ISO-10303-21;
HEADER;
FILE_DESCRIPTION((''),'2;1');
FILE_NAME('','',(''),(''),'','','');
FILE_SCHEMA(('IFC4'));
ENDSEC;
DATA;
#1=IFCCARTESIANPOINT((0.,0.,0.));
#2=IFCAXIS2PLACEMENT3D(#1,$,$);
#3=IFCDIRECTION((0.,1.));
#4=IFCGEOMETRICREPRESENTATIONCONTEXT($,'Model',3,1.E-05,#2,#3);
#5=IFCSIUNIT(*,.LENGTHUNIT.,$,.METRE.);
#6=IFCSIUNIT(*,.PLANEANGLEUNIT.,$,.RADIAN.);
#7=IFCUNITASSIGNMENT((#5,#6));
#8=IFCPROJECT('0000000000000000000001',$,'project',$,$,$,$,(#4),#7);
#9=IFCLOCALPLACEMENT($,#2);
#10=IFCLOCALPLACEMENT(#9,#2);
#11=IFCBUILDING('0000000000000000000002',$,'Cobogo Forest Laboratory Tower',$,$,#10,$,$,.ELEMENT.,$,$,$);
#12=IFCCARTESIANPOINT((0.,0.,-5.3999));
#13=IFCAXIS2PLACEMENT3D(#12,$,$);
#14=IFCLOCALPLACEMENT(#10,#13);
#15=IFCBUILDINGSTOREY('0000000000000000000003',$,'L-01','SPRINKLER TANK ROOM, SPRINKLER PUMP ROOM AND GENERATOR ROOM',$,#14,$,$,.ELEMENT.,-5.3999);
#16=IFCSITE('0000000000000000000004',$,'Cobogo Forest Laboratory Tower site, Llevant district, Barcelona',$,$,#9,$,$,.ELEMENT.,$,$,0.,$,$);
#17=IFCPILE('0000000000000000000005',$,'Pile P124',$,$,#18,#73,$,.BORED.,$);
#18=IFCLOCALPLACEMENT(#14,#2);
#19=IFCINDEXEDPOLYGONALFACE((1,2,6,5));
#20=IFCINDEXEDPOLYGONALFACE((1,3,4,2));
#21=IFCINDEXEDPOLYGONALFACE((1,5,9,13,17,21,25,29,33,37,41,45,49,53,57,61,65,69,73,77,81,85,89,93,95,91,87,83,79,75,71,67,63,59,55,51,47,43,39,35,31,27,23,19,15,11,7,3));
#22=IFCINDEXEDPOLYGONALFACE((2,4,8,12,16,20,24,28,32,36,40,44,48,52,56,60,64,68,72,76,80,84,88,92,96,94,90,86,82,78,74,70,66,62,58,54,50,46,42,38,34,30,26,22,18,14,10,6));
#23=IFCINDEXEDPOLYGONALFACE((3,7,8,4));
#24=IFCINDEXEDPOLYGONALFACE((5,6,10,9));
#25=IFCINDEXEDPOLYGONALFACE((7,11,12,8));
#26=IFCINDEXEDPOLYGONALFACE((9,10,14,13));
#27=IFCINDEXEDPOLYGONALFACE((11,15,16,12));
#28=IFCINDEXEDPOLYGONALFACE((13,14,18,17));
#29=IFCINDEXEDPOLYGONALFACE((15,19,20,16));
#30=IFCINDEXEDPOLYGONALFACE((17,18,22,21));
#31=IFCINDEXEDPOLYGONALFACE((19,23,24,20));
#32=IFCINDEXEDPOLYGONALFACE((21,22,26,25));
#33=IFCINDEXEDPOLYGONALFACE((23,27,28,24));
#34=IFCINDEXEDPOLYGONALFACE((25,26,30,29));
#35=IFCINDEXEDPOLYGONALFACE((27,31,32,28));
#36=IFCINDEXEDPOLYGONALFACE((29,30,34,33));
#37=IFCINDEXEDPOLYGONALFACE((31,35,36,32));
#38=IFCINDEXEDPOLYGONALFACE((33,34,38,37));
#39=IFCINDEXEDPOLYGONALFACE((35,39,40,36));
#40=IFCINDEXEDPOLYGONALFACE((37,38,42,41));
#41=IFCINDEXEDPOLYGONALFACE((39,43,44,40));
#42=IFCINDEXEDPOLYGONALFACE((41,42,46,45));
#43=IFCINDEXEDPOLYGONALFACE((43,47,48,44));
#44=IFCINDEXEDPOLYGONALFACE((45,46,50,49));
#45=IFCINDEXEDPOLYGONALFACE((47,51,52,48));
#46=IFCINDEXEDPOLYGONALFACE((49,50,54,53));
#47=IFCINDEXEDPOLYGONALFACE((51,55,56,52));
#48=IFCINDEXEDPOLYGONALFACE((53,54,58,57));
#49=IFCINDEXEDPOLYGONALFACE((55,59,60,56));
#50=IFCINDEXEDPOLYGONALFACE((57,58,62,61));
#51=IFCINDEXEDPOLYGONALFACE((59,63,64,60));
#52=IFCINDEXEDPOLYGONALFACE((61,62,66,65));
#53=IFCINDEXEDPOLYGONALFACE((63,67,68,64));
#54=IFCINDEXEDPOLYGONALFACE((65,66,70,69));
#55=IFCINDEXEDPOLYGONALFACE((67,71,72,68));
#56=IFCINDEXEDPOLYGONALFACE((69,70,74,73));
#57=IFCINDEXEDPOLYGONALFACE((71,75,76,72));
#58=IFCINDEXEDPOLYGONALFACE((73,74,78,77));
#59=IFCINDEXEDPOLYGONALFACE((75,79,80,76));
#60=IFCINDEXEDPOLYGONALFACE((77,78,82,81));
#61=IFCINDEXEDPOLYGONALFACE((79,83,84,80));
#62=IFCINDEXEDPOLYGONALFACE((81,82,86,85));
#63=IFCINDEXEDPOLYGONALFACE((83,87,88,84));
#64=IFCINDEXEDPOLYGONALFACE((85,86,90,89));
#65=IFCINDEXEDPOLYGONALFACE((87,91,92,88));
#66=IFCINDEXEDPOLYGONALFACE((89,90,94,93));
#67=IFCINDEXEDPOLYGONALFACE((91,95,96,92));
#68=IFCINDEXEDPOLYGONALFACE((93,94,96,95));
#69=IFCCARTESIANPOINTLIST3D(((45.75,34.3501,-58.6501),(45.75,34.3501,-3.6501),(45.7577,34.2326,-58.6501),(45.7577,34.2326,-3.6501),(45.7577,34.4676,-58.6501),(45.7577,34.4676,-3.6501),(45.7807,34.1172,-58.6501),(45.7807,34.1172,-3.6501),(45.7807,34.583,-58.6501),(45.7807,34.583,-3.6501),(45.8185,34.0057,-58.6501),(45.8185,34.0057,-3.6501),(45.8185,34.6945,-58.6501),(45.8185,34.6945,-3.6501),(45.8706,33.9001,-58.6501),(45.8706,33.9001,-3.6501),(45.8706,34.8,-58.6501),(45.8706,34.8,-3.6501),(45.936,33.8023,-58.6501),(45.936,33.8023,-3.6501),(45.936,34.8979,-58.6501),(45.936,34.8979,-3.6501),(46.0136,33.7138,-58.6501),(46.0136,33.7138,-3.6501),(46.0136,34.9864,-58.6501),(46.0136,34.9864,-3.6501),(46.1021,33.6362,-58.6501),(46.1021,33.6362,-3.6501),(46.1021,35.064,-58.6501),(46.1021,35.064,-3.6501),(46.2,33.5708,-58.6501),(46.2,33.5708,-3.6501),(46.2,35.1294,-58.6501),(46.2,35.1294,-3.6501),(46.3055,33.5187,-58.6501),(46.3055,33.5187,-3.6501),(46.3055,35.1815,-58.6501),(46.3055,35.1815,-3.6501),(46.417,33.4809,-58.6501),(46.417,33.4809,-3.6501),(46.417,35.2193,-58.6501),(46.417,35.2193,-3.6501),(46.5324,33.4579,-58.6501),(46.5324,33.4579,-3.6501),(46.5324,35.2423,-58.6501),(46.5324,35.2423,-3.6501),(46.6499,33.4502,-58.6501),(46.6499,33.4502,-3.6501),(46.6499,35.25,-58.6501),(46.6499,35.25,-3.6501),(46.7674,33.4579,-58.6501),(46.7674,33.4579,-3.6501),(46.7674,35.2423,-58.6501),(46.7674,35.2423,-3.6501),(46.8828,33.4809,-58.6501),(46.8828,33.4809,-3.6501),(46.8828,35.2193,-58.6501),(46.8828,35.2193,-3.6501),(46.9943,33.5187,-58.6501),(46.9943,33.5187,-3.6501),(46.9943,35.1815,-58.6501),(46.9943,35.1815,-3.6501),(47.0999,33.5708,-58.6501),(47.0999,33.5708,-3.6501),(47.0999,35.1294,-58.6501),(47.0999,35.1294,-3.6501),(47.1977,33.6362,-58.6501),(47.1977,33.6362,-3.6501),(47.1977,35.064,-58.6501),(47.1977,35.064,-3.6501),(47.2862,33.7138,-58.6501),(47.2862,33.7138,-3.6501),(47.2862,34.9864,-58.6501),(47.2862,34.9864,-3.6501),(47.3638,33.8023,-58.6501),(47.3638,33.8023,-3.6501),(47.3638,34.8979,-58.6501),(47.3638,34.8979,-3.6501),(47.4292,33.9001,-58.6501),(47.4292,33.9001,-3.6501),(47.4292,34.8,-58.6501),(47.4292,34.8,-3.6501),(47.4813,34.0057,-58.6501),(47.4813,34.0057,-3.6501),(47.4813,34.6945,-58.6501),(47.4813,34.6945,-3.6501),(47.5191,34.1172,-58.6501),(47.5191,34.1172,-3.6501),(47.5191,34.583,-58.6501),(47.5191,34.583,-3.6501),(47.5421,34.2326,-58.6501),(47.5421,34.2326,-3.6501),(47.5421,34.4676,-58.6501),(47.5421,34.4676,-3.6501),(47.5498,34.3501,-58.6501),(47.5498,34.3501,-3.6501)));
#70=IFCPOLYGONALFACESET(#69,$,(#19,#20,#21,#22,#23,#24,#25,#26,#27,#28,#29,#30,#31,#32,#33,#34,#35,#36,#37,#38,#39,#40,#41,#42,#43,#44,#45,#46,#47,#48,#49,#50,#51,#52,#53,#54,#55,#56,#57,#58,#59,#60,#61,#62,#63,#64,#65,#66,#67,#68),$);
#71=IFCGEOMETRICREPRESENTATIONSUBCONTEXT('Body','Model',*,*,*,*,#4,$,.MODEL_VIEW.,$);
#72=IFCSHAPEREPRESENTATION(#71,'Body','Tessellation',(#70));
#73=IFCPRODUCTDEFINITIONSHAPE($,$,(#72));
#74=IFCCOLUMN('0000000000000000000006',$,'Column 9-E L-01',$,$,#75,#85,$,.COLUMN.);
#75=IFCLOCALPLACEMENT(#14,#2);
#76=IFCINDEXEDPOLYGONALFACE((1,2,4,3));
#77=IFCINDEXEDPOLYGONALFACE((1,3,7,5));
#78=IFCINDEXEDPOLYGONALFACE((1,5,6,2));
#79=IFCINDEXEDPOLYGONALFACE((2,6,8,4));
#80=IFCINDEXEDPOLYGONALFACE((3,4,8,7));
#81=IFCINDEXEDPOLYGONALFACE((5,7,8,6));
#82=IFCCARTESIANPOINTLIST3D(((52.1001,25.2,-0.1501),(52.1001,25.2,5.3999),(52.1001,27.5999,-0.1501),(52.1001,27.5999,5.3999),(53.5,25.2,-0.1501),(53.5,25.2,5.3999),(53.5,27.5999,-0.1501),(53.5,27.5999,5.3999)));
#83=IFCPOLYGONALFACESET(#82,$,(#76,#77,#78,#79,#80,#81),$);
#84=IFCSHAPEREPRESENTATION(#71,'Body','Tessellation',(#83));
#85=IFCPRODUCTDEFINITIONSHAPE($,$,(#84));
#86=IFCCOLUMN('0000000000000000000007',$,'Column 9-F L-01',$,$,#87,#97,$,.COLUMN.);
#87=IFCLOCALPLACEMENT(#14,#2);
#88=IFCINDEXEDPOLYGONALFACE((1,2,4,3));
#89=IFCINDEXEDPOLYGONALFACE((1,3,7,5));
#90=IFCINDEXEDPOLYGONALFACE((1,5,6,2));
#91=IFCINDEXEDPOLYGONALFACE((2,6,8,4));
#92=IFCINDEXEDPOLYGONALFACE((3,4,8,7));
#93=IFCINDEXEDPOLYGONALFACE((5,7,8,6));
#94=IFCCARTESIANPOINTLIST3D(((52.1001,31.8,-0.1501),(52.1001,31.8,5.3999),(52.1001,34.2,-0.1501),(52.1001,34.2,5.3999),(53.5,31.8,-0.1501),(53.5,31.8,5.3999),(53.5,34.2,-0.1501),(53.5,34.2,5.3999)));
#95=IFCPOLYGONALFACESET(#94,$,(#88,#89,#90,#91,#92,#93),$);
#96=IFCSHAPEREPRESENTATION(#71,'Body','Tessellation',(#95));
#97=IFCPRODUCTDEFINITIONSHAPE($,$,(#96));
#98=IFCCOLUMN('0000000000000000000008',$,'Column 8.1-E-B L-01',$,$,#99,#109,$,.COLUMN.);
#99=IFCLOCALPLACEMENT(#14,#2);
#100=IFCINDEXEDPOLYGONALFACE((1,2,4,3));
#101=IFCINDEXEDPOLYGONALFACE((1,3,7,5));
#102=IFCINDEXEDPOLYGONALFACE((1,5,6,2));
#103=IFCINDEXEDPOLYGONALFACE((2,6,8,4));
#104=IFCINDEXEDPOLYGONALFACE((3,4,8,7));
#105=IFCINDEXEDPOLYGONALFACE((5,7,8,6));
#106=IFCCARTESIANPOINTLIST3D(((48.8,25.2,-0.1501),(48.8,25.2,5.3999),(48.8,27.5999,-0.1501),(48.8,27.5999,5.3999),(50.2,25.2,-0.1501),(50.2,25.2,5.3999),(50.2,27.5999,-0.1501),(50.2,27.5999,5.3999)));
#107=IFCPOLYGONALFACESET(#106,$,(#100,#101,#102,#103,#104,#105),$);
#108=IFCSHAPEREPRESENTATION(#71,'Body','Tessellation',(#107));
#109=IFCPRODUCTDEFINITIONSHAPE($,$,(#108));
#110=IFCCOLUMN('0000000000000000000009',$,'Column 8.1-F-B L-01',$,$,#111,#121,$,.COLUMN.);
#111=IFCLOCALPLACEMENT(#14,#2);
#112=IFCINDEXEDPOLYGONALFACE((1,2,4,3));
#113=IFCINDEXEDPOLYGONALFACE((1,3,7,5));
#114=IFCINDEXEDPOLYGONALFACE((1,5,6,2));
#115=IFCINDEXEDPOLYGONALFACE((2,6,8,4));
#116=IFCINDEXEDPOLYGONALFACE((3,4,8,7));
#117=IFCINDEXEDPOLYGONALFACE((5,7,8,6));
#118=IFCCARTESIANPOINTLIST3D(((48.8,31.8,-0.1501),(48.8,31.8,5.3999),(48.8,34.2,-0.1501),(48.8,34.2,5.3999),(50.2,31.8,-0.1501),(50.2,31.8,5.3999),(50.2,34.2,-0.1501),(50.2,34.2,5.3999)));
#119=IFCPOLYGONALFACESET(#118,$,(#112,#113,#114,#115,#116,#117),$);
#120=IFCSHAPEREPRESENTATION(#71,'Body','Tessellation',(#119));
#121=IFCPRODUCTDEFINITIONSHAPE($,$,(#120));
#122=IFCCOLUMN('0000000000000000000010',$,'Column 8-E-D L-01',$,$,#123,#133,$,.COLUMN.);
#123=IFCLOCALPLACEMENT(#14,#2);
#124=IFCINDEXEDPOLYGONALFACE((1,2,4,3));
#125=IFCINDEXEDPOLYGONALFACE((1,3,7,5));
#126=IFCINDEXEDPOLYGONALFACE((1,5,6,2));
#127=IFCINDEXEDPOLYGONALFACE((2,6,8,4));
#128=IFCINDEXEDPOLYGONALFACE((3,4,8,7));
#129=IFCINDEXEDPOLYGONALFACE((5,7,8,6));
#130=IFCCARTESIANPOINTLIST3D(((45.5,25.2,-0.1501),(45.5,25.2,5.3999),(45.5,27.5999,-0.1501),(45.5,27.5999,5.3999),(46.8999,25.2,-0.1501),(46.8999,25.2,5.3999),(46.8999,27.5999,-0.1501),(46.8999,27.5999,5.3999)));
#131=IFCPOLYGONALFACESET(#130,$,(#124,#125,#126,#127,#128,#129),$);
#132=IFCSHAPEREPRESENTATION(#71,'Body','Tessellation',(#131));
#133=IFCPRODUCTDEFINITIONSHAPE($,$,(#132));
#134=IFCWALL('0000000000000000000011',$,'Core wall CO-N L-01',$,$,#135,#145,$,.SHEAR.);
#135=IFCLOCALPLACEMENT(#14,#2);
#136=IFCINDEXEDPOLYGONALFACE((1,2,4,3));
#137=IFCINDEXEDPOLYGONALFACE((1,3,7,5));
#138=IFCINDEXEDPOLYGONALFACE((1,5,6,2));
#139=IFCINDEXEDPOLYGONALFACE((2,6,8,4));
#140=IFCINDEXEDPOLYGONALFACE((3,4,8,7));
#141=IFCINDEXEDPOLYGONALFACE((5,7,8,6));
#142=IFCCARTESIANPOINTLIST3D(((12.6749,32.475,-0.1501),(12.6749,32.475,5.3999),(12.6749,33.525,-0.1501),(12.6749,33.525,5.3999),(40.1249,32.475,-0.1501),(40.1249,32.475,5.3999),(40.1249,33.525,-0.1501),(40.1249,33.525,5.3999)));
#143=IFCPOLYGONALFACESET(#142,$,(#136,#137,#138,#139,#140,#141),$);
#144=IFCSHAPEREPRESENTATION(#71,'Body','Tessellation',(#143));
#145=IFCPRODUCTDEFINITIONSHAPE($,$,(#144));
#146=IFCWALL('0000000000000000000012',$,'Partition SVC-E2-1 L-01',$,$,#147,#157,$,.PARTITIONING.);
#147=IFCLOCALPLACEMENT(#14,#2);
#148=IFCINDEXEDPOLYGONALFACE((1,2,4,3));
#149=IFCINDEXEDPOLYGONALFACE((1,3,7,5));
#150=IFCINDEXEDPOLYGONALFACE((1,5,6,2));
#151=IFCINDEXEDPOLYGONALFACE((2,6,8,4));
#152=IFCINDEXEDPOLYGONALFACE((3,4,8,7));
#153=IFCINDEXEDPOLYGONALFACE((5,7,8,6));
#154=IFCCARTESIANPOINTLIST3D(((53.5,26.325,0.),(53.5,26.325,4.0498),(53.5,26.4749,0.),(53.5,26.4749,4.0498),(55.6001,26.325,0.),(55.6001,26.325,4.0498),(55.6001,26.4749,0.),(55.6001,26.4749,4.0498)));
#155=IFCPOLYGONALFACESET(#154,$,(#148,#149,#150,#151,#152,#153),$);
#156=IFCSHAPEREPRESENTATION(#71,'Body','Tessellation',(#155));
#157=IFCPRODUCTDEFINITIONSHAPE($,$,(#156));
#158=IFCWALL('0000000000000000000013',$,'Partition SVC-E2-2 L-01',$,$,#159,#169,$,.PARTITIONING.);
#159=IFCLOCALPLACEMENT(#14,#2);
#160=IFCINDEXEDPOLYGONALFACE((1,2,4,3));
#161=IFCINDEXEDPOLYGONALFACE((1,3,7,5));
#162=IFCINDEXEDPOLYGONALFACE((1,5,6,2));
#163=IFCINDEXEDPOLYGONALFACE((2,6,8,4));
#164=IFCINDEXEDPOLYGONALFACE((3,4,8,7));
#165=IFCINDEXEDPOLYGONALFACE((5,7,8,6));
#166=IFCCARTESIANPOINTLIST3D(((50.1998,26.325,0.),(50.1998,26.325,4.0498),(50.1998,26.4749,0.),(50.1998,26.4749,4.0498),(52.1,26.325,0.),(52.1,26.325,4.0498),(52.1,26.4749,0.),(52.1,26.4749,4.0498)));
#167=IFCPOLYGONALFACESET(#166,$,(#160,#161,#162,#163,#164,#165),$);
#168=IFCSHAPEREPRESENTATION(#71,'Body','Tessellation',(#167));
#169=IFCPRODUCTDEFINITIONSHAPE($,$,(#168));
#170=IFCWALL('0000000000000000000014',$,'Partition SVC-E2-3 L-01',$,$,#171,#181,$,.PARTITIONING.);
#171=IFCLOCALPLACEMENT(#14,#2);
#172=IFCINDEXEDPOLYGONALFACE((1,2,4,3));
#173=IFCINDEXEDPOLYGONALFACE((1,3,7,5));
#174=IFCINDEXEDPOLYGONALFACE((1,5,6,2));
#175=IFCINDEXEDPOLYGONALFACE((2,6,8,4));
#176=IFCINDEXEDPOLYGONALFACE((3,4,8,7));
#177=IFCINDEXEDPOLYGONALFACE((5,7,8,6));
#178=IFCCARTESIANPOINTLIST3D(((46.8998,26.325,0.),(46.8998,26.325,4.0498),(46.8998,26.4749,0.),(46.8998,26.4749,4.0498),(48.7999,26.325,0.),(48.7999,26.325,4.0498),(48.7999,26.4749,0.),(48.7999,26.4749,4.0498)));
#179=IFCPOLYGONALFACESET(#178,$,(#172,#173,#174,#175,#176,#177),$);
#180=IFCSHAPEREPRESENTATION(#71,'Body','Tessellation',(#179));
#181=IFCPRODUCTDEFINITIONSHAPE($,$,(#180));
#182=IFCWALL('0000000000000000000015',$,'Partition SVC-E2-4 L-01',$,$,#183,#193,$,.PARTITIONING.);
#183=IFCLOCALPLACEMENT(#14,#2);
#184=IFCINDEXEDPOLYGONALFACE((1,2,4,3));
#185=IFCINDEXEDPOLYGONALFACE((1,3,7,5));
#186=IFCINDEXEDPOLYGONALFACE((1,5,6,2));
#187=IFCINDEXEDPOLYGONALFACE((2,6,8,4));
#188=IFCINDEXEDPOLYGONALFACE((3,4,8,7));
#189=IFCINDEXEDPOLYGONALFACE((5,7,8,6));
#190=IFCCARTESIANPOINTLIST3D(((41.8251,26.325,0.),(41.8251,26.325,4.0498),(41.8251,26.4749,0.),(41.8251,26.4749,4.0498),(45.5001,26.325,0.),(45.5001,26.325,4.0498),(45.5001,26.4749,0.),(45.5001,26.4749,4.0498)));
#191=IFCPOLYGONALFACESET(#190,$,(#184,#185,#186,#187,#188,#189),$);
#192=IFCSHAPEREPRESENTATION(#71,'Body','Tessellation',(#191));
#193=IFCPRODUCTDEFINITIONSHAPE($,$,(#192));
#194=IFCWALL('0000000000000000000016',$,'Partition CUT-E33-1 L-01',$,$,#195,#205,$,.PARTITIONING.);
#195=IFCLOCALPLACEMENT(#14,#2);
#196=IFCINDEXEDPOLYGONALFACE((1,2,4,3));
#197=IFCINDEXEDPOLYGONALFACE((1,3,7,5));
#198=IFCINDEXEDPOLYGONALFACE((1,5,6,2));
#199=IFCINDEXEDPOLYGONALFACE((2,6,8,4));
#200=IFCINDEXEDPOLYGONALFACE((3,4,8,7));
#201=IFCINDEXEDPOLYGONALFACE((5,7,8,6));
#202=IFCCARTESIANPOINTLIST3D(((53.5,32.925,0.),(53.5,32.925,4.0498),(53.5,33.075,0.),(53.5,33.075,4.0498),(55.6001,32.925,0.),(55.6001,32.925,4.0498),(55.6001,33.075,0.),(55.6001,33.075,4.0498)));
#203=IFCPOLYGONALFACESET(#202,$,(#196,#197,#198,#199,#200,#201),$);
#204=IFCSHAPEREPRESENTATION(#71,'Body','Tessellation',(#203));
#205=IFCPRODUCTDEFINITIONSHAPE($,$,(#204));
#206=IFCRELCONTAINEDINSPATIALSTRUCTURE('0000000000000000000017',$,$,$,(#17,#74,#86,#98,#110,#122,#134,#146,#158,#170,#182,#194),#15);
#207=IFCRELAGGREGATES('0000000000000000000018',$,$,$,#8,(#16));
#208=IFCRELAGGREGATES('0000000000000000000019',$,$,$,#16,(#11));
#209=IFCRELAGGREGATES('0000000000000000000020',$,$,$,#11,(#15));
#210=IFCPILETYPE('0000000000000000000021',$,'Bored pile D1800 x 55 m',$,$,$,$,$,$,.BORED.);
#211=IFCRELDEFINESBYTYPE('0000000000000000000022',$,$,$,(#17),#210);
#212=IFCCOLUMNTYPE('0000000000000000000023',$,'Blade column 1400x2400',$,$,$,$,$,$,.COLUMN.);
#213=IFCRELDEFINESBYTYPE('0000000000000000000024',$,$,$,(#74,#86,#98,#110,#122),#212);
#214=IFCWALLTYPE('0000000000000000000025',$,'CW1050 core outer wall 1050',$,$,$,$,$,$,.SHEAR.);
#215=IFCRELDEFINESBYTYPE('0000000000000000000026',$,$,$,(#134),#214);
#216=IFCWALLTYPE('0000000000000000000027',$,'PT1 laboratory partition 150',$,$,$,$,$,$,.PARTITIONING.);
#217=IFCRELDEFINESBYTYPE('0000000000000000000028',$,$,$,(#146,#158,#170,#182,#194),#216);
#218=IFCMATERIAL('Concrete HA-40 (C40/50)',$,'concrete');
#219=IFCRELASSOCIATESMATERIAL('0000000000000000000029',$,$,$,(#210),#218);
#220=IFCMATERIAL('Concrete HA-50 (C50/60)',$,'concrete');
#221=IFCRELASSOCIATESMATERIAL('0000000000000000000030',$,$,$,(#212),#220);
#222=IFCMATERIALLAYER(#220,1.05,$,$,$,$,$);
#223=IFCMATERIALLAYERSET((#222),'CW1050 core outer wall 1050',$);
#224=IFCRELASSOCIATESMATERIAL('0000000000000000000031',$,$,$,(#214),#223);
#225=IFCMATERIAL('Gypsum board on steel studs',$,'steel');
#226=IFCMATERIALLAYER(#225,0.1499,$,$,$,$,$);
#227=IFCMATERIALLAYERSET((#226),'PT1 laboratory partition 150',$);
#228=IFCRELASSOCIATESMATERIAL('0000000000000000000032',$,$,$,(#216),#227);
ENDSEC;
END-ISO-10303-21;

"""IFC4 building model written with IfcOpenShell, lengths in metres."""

from ifc_helpers import new_model, si_unit, direction, frame, frame_2d, origin, origin_2d, place, context, subcontext, project, spatial, rectangle, circle, extrude, material, layer, layer_set, material_profile, profile_set, type_object, element, save


model = new_model("IFC4")

# Units and contexts
model_context = context("Model", 3, precision=1e-05, world=origin(), true_north=direction((0.0, 1.0)))
body_context = subcontext(model_context, "Body", "Model", "MODEL_VIEW")
ifc_project = project(units=[si_unit("LENGTHUNIT", "METRE"), si_unit("PLANEANGLEUNIT", "RADIAN")], contexts=[model_context])

# Site, building, storey
site_placement = place(None, origin())
site = spatial("IfcSite", under=ifc_project, at=site_placement, Name="Cobogo Forest Laboratory Tower site, Llevant district, Barcelona", CompositionType="ELEMENT", RefElevation=0.0)
building_placement = place(site_placement, origin())
building = spatial("IfcBuilding", under=site, at=building_placement, Name="Cobogo Forest Laboratory Tower", CompositionType="ELEMENT")
storey_placement = place(building_placement, frame((0.0, 0.0, -5.3999)))
storey = spatial("IfcBuildingStorey", under=building, at=storey_placement, Name="L-01", Description="SPRINKLER TANK ROOM, SPRINKLER PUMP ROOM AND GENERATOR ROOM", CompositionType="ELEMENT", Elevation=-5.3999)

# Pile
ifc_material_1 = material(Name="Concrete HA-40 (C40/50)", Category="concrete")
ifc_material_profile_1 = material_profile(ifc_material_1, circle(Radius=0.8999, at=origin_2d()), Name="PILE D1800")
ifc_profile_set_1 = profile_set([ifc_material_profile_1], Name="Concrete HA-40 (C40/50)")
pile_type_1 = type_object("IfcPileType", Name="Bored pile D1800 x 55 m", PredefinedType="BORED", material=ifc_profile_set_1)
for number, where, z_axis, x_axis, name in (
    (1, (46.6499, 34.3501, -3.6501), (0.0, 0.0, -1.0), (1.0, 0.0, 0.0), "Pile P124"),
):
    element("IfcPile", number, at=place(storey_placement, frame(where, z_axis=z_axis, x_axis=x_axis)), inside=storey, type_object=pile_type_1, Name=name, PredefinedType="BORED", context=body_context, shape_type="SweptSolid", body=[
        extrude(circle(Radius=0.8999, at=origin_2d()), origin(), (0.0, 0.0, 1.0), 55.0),
    ])

# Columns
ifc_material_2 = material(Name="Concrete HA-50 (C50/60)", Category="concrete")
ifc_material_profile_2 = material_profile(ifc_material_2, rectangle(XDim=2.3999, YDim=1.3999, at=origin_2d()), Name="RC 1400x2400")
ifc_profile_set_2 = profile_set([ifc_material_profile_2], Name="Concrete HA-50 (C50/60)")
column_type = type_object("IfcColumnType", Name="Blade column 1400x2400", PredefinedType="COLUMN", material=ifc_profile_set_2)
for number, where, z_axis, x_axis, name in (
    (2, (52.8, 26.3999, -0.1501), (0.0, 0.0, 1.0), (0.0, 1.0, 0.0), "Column 9-E L-01"),
    (3, (52.8, 33.0, -0.1501), (0.0, 0.0, 1.0), (0.0, 1.0, 0.0), "Column 9-F L-01"),
    (4, (49.5, 26.3999, -0.1501), (0.0, 0.0, 1.0), (0.0, 1.0, 0.0), "Column 8.1-E-B L-01"),
    (5, (49.5, 33.0, -0.1501), (0.0, 0.0, 1.0), (0.0, 1.0, 0.0), "Column 8.1-F-B L-01"),
    (6, (46.2, 26.3999, -0.1501), (0.0, 0.0, 1.0), (0.0, 1.0, 0.0), "Column 8-E-D L-01"),
):
    element("IfcColumn", number, at=place(storey_placement, frame(where, z_axis=z_axis, x_axis=x_axis)), inside=storey, type_object=column_type, Name=name, PredefinedType="COLUMN", context=body_context, shape_type="SweptSolid", body=[
        extrude(rectangle(XDim=2.3999, YDim=1.3999, at=origin_2d()), origin(), (0.0, 0.0, 1.0), 5.55),
    ])

# Walls
ifc_layer_1 = layer(ifc_material_2, 1.05)
ifc_layer_set_1 = layer_set([ifc_layer_1], Name="CW1050 core outer wall 1050")
wall_type_1 = type_object("IfcWallType", Name="CW1050 core outer wall 1050", PredefinedType="SHEAR", material=ifc_layer_set_1)
wall_1_placement = place(storey_placement, frame((40.125, 33.0, -0.1501), z_axis=(0.0, 0.0, 1.0), x_axis=(-1.0, 0.0, 0.0)))
element("IfcWall", 7, at=wall_1_placement, inside=storey, type_object=wall_type_1, Name="Core wall CO-N L-01", PredefinedType="SHEAR", context=body_context, shape_type="SweptSolid", body=[
    extrude(rectangle(XDim=27.45, YDim=1.05, at=frame_2d((13.7251, 0.0))), origin(), (0.0, 0.0, 1.0), 5.55),
])
ifc_material_3 = material(Name="Gypsum board on steel studs", Category="steel")
ifc_layer_2 = layer(ifc_material_3, 0.1499)
ifc_layer_set_2 = layer_set([ifc_layer_2], Name="PT1 laboratory partition 150")
wall_type_2 = type_object("IfcWallType", Name="PT1 laboratory partition 150", PredefinedType="PARTITIONING", material=ifc_layer_set_2)
wall_2_placement = place(storey_placement, frame((55.6001, 26.3999, 0.0), z_axis=(0.0, 0.0, 1.0), x_axis=(-1.0, 0.0, 0.0)))
element("IfcWall", 8, at=wall_2_placement, inside=storey, type_object=wall_type_2, Name="Partition SVC-E2-1 L-01", PredefinedType="PARTITIONING", context=body_context, shape_type="SweptSolid", body=[
    extrude(rectangle(XDim=2.1001, YDim=0.1499, at=frame_2d((1.05, 0.0))), origin(), (0.0, 0.0, 1.0), 4.0498),
])
for number, where, z_axis, x_axis, name in (
    (9, (52.1001, 26.3999, 0.0), (0.0, 0.0, 1.0), (-1.0, 0.0, 0.0), "Partition SVC-E2-2 L-01"),
    (10, (48.8, 26.3999, 0.0), (0.0, 0.0, 1.0), (-1.0, 0.0, 0.0), "Partition SVC-E2-3 L-01"),
):
    element("IfcWall", number, at=place(storey_placement, frame(where, z_axis=z_axis, x_axis=x_axis)), inside=storey, type_object=wall_type_2, Name=name, PredefinedType="PARTITIONING", context=body_context, shape_type="SweptSolid", body=[
        extrude(rectangle(XDim=1.9001, YDim=0.1499, at=frame_2d((0.9502, 0.0))), origin(), (0.0, 0.0, 1.0), 4.0498),
    ])
wall_3_placement = place(storey_placement, frame((45.5, 26.3999, 0.0), z_axis=(0.0, 0.0, 1.0), x_axis=(-1.0, 0.0, 0.0)))
element("IfcWall", 11, at=wall_3_placement, inside=storey, type_object=wall_type_2, Name="Partition SVC-E2-4 L-01", PredefinedType="PARTITIONING", context=body_context, shape_type="SweptSolid", body=[
    extrude(rectangle(XDim=3.675, YDim=0.1499, at=frame_2d((1.8374, 0.0))), origin(), (0.0, 0.0, 1.0), 4.0498),
])
wall_4_placement = place(storey_placement, frame((55.6001, 33.0, 0.0), z_axis=(0.0, 0.0, 1.0), x_axis=(-1.0, 0.0, 0.0)))
element("IfcWall", 12, at=wall_4_placement, inside=storey, type_object=wall_type_2, Name="Partition CUT-E33-1 L-01", PredefinedType="PARTITIONING", context=body_context, shape_type="SweptSolid", body=[
    extrude(rectangle(XDim=2.1001, YDim=0.1499, at=frame_2d((1.05, 0.0))), origin(), (0.0, 0.0, 1.0), 4.0498),
])

save(model, "model.ifc")
